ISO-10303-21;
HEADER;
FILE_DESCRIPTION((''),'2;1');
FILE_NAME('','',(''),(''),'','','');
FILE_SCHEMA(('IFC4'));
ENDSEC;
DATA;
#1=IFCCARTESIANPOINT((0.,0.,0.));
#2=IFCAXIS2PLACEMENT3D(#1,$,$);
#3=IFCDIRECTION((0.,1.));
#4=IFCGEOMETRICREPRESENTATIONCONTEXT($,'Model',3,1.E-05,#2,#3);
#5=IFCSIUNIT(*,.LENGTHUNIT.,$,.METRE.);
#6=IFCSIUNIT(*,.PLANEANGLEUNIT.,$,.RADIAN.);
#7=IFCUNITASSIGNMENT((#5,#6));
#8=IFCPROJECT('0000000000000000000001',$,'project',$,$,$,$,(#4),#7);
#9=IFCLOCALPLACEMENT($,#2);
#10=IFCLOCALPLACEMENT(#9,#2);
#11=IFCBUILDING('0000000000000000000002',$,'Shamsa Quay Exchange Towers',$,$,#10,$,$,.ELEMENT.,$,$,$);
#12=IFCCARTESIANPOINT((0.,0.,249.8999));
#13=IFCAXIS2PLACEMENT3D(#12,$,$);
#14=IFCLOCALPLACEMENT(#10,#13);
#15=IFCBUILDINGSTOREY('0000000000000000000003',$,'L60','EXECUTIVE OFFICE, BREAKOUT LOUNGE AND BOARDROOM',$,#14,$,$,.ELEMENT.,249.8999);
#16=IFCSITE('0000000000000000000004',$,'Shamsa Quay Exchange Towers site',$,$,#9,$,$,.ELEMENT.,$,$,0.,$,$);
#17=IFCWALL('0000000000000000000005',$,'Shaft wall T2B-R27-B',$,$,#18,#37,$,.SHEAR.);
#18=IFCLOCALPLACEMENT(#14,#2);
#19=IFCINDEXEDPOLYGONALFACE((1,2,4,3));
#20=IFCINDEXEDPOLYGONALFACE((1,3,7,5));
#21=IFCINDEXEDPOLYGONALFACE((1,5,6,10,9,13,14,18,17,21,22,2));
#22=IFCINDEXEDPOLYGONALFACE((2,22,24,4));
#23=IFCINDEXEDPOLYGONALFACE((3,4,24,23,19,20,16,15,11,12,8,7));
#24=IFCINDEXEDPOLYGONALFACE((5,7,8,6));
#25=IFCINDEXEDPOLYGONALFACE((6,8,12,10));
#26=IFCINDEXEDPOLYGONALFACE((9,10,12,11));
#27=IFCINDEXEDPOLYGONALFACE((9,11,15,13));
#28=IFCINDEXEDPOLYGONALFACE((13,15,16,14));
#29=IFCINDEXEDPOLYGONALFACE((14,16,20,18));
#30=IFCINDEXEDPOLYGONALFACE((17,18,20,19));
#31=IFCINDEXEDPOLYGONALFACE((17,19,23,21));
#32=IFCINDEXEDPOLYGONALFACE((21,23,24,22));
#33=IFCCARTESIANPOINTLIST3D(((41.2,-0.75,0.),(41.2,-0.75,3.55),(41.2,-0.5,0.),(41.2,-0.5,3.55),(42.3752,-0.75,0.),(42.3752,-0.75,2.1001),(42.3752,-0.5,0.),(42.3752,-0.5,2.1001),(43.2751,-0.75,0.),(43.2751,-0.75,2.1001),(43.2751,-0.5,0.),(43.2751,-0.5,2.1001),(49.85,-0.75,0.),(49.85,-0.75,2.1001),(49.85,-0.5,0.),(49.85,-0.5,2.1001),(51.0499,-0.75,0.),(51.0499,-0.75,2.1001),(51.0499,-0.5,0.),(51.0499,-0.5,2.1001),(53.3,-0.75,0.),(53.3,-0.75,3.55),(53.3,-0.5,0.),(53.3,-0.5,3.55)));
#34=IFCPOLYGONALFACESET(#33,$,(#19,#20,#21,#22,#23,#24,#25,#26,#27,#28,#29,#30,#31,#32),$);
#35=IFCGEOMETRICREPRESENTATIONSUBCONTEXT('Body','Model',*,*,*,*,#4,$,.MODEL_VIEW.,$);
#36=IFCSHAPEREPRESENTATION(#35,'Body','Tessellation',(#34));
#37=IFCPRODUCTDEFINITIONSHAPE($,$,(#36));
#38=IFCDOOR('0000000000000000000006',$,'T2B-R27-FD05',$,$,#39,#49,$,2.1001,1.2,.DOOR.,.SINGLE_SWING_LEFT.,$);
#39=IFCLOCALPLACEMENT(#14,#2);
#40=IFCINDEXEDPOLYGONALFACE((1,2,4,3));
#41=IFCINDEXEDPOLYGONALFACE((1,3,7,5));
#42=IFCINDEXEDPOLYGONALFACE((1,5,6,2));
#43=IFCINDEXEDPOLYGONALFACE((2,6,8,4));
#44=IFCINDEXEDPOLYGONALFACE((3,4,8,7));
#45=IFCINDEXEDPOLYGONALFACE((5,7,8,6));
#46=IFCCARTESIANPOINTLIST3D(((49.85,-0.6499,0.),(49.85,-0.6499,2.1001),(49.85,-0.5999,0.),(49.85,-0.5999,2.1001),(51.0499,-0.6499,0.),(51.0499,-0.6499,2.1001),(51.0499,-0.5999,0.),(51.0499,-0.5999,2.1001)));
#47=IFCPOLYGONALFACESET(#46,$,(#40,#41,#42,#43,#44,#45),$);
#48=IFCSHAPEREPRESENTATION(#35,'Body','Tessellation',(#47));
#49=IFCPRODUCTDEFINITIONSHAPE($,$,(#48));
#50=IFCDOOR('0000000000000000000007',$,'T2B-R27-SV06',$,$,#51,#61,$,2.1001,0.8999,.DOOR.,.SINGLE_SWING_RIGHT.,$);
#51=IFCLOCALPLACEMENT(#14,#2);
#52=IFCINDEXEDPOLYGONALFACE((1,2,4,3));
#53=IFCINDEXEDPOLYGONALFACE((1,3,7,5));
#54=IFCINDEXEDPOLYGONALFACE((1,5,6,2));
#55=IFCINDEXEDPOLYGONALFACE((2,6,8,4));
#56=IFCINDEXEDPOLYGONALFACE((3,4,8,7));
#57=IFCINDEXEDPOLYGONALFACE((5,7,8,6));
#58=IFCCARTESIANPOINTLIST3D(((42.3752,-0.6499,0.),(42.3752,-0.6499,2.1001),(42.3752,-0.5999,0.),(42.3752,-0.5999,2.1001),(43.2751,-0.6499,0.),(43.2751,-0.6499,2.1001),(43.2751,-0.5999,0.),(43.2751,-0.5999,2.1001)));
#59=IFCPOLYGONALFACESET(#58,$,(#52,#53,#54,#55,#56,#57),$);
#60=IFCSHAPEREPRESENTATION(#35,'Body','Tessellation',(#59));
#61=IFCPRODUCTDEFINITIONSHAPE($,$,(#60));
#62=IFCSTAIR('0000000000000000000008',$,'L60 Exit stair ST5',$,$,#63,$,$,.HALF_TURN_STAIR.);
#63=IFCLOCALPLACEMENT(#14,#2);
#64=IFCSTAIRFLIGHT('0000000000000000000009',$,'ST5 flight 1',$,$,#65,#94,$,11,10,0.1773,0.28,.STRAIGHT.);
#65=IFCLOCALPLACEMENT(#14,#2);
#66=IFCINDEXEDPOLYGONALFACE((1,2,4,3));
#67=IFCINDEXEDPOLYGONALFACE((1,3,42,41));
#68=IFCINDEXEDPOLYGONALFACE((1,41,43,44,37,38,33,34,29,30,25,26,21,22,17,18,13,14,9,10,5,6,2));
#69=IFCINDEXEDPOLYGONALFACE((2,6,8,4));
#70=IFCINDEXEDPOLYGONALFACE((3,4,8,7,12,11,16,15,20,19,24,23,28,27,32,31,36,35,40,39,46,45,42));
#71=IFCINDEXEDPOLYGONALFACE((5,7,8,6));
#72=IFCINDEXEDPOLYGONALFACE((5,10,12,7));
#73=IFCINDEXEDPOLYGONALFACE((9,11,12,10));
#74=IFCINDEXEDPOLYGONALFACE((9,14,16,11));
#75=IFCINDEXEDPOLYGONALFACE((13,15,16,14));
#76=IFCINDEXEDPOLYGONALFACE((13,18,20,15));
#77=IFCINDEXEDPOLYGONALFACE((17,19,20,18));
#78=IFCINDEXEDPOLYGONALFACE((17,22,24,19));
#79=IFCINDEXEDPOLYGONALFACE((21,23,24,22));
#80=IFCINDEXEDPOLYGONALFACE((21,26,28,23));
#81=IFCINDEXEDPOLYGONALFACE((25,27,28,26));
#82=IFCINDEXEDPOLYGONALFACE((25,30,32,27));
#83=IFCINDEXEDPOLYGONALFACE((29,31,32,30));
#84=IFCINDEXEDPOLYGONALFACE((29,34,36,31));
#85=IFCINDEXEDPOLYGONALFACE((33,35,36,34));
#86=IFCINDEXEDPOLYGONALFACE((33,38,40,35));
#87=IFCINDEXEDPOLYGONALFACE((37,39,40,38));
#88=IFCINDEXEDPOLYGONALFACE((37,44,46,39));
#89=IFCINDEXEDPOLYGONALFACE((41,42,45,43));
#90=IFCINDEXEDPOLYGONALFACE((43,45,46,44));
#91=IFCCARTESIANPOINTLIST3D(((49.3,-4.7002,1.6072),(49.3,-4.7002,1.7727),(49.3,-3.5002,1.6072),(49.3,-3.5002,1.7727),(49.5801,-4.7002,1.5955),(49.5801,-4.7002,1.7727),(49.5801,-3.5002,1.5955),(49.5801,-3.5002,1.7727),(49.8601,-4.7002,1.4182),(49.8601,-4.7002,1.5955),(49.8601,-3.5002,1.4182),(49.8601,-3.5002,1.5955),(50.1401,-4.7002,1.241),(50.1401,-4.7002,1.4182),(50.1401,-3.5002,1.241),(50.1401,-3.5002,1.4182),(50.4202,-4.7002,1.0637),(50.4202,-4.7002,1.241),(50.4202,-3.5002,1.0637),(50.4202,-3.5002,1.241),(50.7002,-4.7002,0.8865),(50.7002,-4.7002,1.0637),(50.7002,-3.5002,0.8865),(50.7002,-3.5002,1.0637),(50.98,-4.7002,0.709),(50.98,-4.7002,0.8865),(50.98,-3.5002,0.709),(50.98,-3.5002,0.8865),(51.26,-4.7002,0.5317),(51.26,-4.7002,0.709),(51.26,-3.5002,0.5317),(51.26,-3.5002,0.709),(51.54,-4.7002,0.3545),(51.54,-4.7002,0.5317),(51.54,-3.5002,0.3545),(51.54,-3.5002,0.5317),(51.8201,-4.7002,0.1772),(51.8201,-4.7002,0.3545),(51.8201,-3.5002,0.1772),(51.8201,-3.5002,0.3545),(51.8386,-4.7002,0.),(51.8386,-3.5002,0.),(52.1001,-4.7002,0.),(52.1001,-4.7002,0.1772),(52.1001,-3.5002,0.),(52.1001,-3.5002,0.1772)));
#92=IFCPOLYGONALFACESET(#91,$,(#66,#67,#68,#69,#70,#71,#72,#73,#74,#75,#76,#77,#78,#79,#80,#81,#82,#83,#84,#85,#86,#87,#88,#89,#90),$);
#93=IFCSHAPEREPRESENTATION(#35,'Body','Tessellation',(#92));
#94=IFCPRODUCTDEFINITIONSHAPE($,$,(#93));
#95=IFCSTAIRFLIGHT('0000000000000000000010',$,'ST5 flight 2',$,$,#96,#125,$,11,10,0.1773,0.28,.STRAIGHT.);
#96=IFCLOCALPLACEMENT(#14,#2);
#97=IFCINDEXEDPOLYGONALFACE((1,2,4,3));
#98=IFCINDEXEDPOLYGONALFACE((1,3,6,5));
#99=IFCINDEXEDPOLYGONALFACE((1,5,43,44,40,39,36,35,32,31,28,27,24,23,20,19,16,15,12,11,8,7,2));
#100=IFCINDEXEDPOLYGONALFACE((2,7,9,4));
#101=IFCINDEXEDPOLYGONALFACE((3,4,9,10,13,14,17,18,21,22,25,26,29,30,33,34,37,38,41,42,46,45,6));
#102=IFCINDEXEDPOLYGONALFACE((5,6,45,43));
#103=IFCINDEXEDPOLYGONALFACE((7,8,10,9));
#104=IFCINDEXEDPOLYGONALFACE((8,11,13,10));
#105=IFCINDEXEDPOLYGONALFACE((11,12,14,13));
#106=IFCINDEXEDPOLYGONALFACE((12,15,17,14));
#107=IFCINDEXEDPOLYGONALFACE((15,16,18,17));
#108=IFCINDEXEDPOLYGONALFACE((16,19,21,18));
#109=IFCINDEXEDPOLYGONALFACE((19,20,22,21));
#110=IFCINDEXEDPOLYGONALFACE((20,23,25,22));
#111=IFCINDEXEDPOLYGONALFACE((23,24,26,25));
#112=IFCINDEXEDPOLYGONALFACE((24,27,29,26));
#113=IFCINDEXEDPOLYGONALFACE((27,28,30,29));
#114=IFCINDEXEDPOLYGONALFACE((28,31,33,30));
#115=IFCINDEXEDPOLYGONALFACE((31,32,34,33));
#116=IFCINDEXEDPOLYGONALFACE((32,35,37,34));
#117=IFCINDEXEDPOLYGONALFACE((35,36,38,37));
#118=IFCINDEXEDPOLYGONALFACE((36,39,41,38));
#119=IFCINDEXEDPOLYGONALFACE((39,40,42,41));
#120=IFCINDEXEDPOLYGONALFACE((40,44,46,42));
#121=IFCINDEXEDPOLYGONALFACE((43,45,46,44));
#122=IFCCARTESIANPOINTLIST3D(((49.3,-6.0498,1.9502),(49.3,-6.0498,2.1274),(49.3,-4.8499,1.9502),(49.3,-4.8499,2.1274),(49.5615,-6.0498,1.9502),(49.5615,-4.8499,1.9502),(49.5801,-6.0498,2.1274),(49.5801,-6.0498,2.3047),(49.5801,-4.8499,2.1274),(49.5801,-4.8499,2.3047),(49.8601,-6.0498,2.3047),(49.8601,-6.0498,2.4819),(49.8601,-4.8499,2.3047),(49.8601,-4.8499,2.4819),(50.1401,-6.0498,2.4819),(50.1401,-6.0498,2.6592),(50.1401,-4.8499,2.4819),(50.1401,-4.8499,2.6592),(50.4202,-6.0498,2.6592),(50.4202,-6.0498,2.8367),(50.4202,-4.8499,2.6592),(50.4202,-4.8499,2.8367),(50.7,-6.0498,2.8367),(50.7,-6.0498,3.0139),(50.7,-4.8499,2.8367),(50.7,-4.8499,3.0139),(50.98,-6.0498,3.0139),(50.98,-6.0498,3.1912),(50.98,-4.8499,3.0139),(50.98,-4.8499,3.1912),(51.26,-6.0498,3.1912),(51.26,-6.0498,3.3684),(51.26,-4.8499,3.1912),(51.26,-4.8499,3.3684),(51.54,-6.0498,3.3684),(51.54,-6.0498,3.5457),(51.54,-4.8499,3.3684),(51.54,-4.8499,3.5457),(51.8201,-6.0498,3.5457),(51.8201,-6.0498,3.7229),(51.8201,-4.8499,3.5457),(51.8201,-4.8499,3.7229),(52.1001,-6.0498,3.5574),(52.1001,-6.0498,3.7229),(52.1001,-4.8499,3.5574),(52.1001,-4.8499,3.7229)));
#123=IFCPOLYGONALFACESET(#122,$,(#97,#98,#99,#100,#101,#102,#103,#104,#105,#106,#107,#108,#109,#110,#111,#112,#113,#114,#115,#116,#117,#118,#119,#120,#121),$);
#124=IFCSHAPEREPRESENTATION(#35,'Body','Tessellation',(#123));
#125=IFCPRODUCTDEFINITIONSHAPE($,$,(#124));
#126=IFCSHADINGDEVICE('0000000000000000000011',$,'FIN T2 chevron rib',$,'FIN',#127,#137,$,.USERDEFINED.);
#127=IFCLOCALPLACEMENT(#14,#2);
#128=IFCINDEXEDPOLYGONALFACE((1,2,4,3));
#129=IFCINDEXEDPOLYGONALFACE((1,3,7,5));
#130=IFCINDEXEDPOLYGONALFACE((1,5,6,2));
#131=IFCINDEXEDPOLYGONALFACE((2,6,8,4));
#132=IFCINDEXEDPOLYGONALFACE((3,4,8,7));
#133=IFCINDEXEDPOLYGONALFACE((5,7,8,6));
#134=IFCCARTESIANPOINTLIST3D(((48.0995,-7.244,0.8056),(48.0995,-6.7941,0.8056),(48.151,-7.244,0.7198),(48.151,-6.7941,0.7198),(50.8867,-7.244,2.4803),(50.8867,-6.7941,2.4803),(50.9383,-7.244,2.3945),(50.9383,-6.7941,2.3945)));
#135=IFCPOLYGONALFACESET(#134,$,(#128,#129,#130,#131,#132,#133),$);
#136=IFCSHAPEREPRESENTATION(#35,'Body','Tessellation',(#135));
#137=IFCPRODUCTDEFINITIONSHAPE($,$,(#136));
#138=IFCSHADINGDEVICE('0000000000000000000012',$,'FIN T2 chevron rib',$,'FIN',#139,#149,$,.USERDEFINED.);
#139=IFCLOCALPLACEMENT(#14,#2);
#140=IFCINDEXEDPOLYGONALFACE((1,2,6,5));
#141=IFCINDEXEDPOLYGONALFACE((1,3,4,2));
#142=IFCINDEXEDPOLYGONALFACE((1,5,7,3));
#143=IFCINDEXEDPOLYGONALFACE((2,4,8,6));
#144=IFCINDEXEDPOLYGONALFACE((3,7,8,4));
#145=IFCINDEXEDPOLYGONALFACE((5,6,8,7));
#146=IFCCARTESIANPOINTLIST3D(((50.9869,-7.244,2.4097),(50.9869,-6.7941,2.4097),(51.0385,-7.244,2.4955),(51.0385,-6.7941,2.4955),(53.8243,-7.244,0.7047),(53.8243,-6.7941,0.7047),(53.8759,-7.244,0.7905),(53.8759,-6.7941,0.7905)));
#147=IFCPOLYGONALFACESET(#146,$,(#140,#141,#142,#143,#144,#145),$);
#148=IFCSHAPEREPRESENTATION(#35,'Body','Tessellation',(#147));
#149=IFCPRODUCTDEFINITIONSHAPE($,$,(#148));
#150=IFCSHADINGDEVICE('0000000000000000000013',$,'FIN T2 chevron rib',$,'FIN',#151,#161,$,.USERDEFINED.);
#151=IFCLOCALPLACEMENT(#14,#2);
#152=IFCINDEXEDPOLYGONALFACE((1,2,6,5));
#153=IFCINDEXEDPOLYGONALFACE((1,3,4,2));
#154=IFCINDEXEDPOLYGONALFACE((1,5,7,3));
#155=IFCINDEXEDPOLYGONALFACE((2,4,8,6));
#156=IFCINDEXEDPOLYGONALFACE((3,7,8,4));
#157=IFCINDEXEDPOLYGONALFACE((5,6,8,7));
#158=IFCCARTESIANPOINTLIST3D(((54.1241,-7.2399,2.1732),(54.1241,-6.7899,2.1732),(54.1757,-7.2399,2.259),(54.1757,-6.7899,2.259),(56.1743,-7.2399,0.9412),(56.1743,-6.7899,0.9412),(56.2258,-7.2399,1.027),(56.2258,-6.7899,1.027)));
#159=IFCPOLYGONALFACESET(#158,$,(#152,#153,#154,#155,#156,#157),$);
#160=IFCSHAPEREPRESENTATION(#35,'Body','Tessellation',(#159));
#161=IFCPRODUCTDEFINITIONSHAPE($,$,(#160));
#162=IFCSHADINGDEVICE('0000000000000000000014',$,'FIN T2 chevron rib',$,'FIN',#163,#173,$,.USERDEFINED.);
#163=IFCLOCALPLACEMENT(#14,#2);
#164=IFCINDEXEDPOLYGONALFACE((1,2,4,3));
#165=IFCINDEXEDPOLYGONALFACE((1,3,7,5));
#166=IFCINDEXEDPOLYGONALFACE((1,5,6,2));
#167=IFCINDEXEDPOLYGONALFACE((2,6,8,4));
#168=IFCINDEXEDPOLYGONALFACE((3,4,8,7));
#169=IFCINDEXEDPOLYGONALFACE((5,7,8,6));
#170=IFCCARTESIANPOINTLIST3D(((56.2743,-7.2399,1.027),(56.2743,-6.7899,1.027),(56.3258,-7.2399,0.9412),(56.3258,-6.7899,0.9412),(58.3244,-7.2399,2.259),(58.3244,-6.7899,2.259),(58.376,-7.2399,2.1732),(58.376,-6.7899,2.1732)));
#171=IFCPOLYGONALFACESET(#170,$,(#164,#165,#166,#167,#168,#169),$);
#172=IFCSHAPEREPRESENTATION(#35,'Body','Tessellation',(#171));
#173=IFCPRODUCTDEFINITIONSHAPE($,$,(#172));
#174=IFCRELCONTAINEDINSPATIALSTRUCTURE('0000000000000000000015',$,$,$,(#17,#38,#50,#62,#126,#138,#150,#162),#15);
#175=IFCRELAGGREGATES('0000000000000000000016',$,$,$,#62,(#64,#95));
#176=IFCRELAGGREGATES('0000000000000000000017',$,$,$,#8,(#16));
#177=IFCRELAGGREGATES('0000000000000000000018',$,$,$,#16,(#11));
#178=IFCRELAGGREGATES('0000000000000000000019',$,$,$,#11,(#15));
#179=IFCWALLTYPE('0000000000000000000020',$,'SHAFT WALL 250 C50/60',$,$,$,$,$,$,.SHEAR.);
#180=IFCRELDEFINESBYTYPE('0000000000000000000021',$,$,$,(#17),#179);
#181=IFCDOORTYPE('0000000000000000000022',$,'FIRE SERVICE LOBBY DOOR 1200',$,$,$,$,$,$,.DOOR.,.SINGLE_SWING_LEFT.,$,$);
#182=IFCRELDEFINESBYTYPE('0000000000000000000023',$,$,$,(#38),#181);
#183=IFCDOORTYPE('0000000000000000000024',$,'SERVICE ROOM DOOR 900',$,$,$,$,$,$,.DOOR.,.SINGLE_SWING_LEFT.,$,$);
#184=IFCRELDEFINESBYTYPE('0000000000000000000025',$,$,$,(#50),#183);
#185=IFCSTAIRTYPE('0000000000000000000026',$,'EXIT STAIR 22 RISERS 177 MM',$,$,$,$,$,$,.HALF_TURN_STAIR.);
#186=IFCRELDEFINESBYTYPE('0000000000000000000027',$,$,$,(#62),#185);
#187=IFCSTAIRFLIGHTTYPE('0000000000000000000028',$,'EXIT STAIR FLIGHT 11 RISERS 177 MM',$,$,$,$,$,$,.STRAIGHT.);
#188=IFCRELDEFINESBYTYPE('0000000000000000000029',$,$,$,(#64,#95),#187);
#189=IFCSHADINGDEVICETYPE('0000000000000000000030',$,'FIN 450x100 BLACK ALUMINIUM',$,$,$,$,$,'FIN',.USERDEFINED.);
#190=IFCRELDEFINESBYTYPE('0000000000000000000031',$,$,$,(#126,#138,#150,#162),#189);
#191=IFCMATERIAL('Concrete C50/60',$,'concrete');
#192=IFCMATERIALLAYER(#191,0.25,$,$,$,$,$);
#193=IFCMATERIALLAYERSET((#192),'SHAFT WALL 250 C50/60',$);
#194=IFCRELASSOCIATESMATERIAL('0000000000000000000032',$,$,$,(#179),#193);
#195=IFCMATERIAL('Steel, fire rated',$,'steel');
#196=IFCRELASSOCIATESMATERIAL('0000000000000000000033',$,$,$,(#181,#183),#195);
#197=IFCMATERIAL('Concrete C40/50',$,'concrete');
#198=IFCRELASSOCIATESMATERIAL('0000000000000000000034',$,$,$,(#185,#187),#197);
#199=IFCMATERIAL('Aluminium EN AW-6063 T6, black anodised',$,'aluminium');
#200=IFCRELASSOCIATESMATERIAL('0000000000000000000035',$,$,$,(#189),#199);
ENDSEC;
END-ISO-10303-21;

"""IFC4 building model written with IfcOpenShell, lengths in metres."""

from ifc_helpers import new_model, si_unit, direction, frame, frame_2d, origin, origin_2d, place, context, subcontext, project, spatial, polyline, rectangle, outline, extrude, material, layer, layer_set, material_profile, profile_set, type_object, element, fill, aggregate, save


model = new_model("IFC4")

# Units and contexts
model_context = context("Model", 3, precision=1e-05, world=origin(), true_north=direction((0.0, 1.0)))
body_context = subcontext(model_context, "Body", "Model", "MODEL_VIEW")
ifc_project = project(units=[si_unit("LENGTHUNIT", "METRE"), si_unit("PLANEANGLEUNIT", "RADIAN")], contexts=[model_context])

# Site, building, storey
site_placement = place(None, origin())
site = spatial("IfcSite", under=ifc_project, at=site_placement, Name="Shamsa Quay Exchange Towers site", CompositionType="ELEMENT", RefElevation=0.0)
building_placement = place(site_placement, origin())
building = spatial("IfcBuilding", under=site, at=building_placement, Name="Shamsa Quay Exchange Towers", CompositionType="ELEMENT")
storey_placement = place(building_placement, frame((0.0, 0.0, 249.8999)))
storey = spatial("IfcBuildingStorey", under=building, at=storey_placement, Name="L60", Description="EXECUTIVE OFFICE, BREAKOUT LOUNGE AND BOARDROOM", CompositionType="ELEMENT", Elevation=249.8999)

# Shared definitions
ifc_material_1 = material(Name="Aluminium EN AW-6063 T6, black anodised", Category="aluminium")

# Shared definitions
ifc_material_2 = material(Name="Steel, fire rated", Category="steel")
ifc_material_3 = material(Name="Concrete C50/60", Category="concrete")
ifc_layer_1 = layer(ifc_material_3, 0.25)
ifc_layer_set_1 = layer_set([ifc_layer_1], Name="SHAFT WALL 250 C50/60")
wall_type_1 = type_object("IfcWallType", Name="SHAFT WALL 250 C50/60", PredefinedType="SHEAR", material=ifc_layer_set_1)

# Wall, openings, doors
wall_1_placement = place(storey_placement, frame((53.3, -0.625, 0.0), z_axis=(0.0, 0.0, 1.0), x_axis=(-1.0, 0.0, 0.0)))
wall_1 = element("IfcWall", 1, at=wall_1_placement, inside=storey, type_object=wall_type_1, Name="Shaft wall T2B-R27-B", PredefinedType="SHEAR", context=body_context, shape_type="SweptSolid", body=[
    extrude(rectangle(XDim=12.1001, YDim=0.25, at=frame_2d((6.05, 0.0))), origin(), (0.0, 0.0, 1.0), 3.55),
])
opening_1_placement = place(wall_1_placement, frame((2.25, 0.0, 0.0)))
opening_1 = element("IfcOpeningElement", 2, at=opening_1_placement, cuts=wall_1, PredefinedType="OPENING", context=body_context, shape_type="SweptSolid", body=[
    extrude(rectangle(XDim=1.2, YDim=2.1001, at=frame_2d((0.6001, 1.05))), frame((0.0, 0.135, 0.0), z_axis=(0.0, -1.0, 0.0), x_axis=(1.0, 0.0, 0.0)), (0.0, 0.0, 1.0), 0.27),
])
opening_2_placement = place(wall_1_placement, frame((10.0249, 0.0, 0.0)))
opening_2 = element("IfcOpeningElement", 3, at=opening_2_placement, cuts=wall_1, PredefinedType="OPENING", context=body_context, shape_type="SweptSolid", body=[
    extrude(rectangle(XDim=0.8999, YDim=2.1001, at=frame_2d((0.45, 1.05))), frame((0.0, 0.135, 0.0), z_axis=(0.0, -1.0, 0.0), x_axis=(1.0, 0.0, 0.0)), (0.0, 0.0, 1.0), 0.27),
])
door_type_1 = type_object("IfcDoorType", Name="FIRE SERVICE LOBBY DOOR 1200", OperationType="SINGLE_SWING_LEFT", PredefinedType="DOOR", material=ifc_material_2)
door_1_placement = place(opening_1_placement, origin())
door_1 = element("IfcDoor", 4, at=door_1_placement, inside=storey, type_object=door_type_1, Name="T2B-R27-FD05", OperationType="SINGLE_SWING_LEFT", OverallHeight=2.1001, OverallWidth=1.2, PredefinedType="DOOR", context=body_context, shape_type="SweptSolid", body=[
    extrude(rectangle(XDim=1.2, YDim=2.1001, at=frame_2d((0.6001, 1.05))), frame((0.0, 0.0249, 0.0), z_axis=(0.0, -1.0, 0.0), x_axis=(1.0, 0.0, 0.0)), (0.0, 0.0, 1.0), 0.05),
])
fill(opening_1, door_1)
door_type_2 = type_object("IfcDoorType", Name="SERVICE ROOM DOOR 900", OperationType="SINGLE_SWING_LEFT", PredefinedType="DOOR", material=ifc_material_2)
door_2_placement = place(opening_2_placement, origin())
door_2 = element("IfcDoor", 5, at=door_2_placement, inside=storey, type_object=door_type_2, Name="T2B-R27-SV06", OperationType="SINGLE_SWING_RIGHT", OverallHeight=2.1001, OverallWidth=0.8999, PredefinedType="DOOR", context=body_context, shape_type="SweptSolid", body=[
    extrude(rectangle(XDim=0.8999, YDim=2.1001, at=frame_2d((0.45, 1.05))), frame((0.0, 0.0249, 0.0), z_axis=(0.0, -1.0, 0.0), x_axis=(1.0, 0.0, 0.0)), (0.0, 0.0, 1.0), 0.05),
])
fill(opening_2, door_2)

# Stair, stair flights
ifc_material_4 = material(Name="Concrete C40/50", Category="concrete")
stair_type = type_object("IfcStairType", Name="EXIT STAIR 22 RISERS 177 MM", PredefinedType="HALF_TURN_STAIR", material=ifc_material_4)
stair_placement = place(storey_placement, origin())
stair = element("IfcStair", 6, at=stair_placement, inside=storey, type_object=stair_type, Name="L60 Exit stair ST5", PredefinedType="HALF_TURN_STAIR")
stair_flight_type = type_object("IfcStairFlightType", Name="EXIT STAIR FLIGHT 11 RISERS 177 MM", PredefinedType="STRAIGHT", material=ifc_material_4)
stair_flight_1_placement = place(storey_placement, frame((52.1001, -4.1001, 0.0), z_axis=(0.0, 0.0, 1.0), x_axis=(-1.0, 0.0, 0.0)))
stair_flight_1 = element("IfcStairFlight", 7, at=stair_flight_1_placement, type_object=stair_flight_type, Name="ST5 flight 1", NumberOfRisers=11, NumberOfTreads=10, PredefinedType="STRAIGHT", RiserHeight=0.1773, TreadLength=0.28, context=body_context, shape_type="SweptSolid", body=[
    extrude(outline(polyline([(0.0, 0.0), (0.0, 0.1772), (0.28, 0.1772), (0.28, 0.3545), (0.5601, 0.3545), (0.5601, 0.5317), (0.8401, 0.5317), (0.8401, 0.709), (1.1201, 0.709), (1.1201, 0.8865), (1.3999, 0.8865), (1.3999, 1.0637), (1.6799, 1.0637), (1.6799, 1.241), (1.96, 1.241), (1.96, 1.4182), (2.24, 1.4182), (2.24, 1.5955), (2.52, 1.5955), (2.52, 1.7727), (2.8, 1.7727), (2.8, 1.95), (2.8, 1.6072), (0.2615, 0.0), (0.0, 0.0)])), frame((0.0, 0.6001, 0.0), z_axis=(0.0, -1.0, 0.0), x_axis=(1.0, 0.0, 0.0)), (0.0, 0.0, 1.0), 1.2),
])
stair_flight_2_placement = place(storey_placement, frame((49.3, -5.45, 1.9502)))
stair_flight_2 = element("IfcStairFlight", 8, at=stair_flight_2_placement, type_object=stair_flight_type, Name="ST5 flight 2", NumberOfRisers=11, NumberOfTreads=10, PredefinedType="STRAIGHT", RiserHeight=0.1773, TreadLength=0.28, context=body_context, shape_type="SweptSolid", body=[
    extrude(outline(polyline([(0.0, 0.0), (0.0, 0.1772), (0.28, 0.1772), (0.28, 0.3545), (0.5601, 0.3545), (0.5601, 0.5317), (0.8401, 0.5317), (0.8401, 0.709), (1.1201, 0.709), (1.1201, 0.8865), (1.3999, 0.8865), (1.3999, 1.0637), (1.6799, 1.0637), (1.6799, 1.241), (1.96, 1.241), (1.96, 1.4182), (2.24, 1.4182), (2.24, 1.5955), (2.52, 1.5955), (2.52, 1.7727), (2.8, 1.7727), (2.8, 1.95), (2.8, 1.6072), (0.2615, 0.0), (0.0, 0.0)])), frame((0.0, 0.6001, 0.0), z_axis=(0.0, -1.0, 0.0), x_axis=(1.0, 0.0, 0.0)), (0.0, 0.0, 1.0), 1.2),
])
aggregate(stair, [stair_flight_1, stair_flight_2])

# Shading devices
ifc_material_profile_1 = material_profile(ifc_material_1, rectangle(XDim=0.45, YDim=0.1001, at=origin_2d()), Name="FIN450x100")
ifc_profile_set_1 = profile_set([ifc_material_profile_1], Name="Aluminium EN AW-6063 T6, black anodised")
shading_device_type = type_object("IfcShadingDeviceType", Name="FIN 450x100 BLACK ALUMINIUM", ElementType="FIN", PredefinedType="USERDEFINED", material=ifc_profile_set_1)
shading_device_1_placement = place(storey_placement, frame((48.1252, -7.019, 0.7627), z_axis=(0.857168, 0.0, 0.515037), x_axis=(0.0, 1.0, 0.0)))
element("IfcShadingDevice", 9, at=shading_device_1_placement, inside=storey, type_object=shading_device_type, Name="FIN T2 chevron rib", ObjectType="FIN", PredefinedType="USERDEFINED", context=body_context, shape_type="SweptSolid", body=[
    extrude(rectangle(XDim=0.45, YDim=0.1001, at=origin_2d()), origin(), (0.0, 0.0, 1.0), 3.2517),
])
shading_device_2_placement = place(storey_placement, frame((51.0127, -7.019, 2.4526), z_axis=(0.857141, 0.0, -0.515081), x_axis=(0.0, 1.0, 0.0)))
element("IfcShadingDevice", 10, at=shading_device_2_placement, inside=storey, type_object=shading_device_type, Name="FIN T2 chevron rib", ObjectType="FIN", PredefinedType="USERDEFINED", context=body_context, shape_type="SweptSolid", body=[
    extrude(rectangle(XDim=0.45, YDim=0.1001, at=origin_2d()), origin(), (0.0, 0.0, 1.0), 3.3103),
])
for number, where, z_axis, x_axis, name in (
    (11, (54.1499, -7.0149, 2.2161), (0.857141, 0.0, -0.515081), (0.0, 1.0, 0.0), "FIN T2 chevron rib"),
    (12, (56.3, -7.0149, 0.9841), (0.857141, 0.0, 0.515081), (0.0, 1.0, 0.0), "FIN T2 chevron rib"),
):
    element("IfcShadingDevice", number, at=place(storey_placement, frame(where, z_axis=z_axis, x_axis=x_axis)), inside=storey, type_object=shading_device_type, Name=name, ObjectType="FIN", PredefinedType="USERDEFINED", context=body_context, shape_type="SweptSolid", body=[
        extrude(rectangle(XDim=0.45, YDim=0.1001, at=origin_2d()), origin(), (0.0, 0.0, 1.0), 2.3918),
    ])

save(model, "model.ifc")
